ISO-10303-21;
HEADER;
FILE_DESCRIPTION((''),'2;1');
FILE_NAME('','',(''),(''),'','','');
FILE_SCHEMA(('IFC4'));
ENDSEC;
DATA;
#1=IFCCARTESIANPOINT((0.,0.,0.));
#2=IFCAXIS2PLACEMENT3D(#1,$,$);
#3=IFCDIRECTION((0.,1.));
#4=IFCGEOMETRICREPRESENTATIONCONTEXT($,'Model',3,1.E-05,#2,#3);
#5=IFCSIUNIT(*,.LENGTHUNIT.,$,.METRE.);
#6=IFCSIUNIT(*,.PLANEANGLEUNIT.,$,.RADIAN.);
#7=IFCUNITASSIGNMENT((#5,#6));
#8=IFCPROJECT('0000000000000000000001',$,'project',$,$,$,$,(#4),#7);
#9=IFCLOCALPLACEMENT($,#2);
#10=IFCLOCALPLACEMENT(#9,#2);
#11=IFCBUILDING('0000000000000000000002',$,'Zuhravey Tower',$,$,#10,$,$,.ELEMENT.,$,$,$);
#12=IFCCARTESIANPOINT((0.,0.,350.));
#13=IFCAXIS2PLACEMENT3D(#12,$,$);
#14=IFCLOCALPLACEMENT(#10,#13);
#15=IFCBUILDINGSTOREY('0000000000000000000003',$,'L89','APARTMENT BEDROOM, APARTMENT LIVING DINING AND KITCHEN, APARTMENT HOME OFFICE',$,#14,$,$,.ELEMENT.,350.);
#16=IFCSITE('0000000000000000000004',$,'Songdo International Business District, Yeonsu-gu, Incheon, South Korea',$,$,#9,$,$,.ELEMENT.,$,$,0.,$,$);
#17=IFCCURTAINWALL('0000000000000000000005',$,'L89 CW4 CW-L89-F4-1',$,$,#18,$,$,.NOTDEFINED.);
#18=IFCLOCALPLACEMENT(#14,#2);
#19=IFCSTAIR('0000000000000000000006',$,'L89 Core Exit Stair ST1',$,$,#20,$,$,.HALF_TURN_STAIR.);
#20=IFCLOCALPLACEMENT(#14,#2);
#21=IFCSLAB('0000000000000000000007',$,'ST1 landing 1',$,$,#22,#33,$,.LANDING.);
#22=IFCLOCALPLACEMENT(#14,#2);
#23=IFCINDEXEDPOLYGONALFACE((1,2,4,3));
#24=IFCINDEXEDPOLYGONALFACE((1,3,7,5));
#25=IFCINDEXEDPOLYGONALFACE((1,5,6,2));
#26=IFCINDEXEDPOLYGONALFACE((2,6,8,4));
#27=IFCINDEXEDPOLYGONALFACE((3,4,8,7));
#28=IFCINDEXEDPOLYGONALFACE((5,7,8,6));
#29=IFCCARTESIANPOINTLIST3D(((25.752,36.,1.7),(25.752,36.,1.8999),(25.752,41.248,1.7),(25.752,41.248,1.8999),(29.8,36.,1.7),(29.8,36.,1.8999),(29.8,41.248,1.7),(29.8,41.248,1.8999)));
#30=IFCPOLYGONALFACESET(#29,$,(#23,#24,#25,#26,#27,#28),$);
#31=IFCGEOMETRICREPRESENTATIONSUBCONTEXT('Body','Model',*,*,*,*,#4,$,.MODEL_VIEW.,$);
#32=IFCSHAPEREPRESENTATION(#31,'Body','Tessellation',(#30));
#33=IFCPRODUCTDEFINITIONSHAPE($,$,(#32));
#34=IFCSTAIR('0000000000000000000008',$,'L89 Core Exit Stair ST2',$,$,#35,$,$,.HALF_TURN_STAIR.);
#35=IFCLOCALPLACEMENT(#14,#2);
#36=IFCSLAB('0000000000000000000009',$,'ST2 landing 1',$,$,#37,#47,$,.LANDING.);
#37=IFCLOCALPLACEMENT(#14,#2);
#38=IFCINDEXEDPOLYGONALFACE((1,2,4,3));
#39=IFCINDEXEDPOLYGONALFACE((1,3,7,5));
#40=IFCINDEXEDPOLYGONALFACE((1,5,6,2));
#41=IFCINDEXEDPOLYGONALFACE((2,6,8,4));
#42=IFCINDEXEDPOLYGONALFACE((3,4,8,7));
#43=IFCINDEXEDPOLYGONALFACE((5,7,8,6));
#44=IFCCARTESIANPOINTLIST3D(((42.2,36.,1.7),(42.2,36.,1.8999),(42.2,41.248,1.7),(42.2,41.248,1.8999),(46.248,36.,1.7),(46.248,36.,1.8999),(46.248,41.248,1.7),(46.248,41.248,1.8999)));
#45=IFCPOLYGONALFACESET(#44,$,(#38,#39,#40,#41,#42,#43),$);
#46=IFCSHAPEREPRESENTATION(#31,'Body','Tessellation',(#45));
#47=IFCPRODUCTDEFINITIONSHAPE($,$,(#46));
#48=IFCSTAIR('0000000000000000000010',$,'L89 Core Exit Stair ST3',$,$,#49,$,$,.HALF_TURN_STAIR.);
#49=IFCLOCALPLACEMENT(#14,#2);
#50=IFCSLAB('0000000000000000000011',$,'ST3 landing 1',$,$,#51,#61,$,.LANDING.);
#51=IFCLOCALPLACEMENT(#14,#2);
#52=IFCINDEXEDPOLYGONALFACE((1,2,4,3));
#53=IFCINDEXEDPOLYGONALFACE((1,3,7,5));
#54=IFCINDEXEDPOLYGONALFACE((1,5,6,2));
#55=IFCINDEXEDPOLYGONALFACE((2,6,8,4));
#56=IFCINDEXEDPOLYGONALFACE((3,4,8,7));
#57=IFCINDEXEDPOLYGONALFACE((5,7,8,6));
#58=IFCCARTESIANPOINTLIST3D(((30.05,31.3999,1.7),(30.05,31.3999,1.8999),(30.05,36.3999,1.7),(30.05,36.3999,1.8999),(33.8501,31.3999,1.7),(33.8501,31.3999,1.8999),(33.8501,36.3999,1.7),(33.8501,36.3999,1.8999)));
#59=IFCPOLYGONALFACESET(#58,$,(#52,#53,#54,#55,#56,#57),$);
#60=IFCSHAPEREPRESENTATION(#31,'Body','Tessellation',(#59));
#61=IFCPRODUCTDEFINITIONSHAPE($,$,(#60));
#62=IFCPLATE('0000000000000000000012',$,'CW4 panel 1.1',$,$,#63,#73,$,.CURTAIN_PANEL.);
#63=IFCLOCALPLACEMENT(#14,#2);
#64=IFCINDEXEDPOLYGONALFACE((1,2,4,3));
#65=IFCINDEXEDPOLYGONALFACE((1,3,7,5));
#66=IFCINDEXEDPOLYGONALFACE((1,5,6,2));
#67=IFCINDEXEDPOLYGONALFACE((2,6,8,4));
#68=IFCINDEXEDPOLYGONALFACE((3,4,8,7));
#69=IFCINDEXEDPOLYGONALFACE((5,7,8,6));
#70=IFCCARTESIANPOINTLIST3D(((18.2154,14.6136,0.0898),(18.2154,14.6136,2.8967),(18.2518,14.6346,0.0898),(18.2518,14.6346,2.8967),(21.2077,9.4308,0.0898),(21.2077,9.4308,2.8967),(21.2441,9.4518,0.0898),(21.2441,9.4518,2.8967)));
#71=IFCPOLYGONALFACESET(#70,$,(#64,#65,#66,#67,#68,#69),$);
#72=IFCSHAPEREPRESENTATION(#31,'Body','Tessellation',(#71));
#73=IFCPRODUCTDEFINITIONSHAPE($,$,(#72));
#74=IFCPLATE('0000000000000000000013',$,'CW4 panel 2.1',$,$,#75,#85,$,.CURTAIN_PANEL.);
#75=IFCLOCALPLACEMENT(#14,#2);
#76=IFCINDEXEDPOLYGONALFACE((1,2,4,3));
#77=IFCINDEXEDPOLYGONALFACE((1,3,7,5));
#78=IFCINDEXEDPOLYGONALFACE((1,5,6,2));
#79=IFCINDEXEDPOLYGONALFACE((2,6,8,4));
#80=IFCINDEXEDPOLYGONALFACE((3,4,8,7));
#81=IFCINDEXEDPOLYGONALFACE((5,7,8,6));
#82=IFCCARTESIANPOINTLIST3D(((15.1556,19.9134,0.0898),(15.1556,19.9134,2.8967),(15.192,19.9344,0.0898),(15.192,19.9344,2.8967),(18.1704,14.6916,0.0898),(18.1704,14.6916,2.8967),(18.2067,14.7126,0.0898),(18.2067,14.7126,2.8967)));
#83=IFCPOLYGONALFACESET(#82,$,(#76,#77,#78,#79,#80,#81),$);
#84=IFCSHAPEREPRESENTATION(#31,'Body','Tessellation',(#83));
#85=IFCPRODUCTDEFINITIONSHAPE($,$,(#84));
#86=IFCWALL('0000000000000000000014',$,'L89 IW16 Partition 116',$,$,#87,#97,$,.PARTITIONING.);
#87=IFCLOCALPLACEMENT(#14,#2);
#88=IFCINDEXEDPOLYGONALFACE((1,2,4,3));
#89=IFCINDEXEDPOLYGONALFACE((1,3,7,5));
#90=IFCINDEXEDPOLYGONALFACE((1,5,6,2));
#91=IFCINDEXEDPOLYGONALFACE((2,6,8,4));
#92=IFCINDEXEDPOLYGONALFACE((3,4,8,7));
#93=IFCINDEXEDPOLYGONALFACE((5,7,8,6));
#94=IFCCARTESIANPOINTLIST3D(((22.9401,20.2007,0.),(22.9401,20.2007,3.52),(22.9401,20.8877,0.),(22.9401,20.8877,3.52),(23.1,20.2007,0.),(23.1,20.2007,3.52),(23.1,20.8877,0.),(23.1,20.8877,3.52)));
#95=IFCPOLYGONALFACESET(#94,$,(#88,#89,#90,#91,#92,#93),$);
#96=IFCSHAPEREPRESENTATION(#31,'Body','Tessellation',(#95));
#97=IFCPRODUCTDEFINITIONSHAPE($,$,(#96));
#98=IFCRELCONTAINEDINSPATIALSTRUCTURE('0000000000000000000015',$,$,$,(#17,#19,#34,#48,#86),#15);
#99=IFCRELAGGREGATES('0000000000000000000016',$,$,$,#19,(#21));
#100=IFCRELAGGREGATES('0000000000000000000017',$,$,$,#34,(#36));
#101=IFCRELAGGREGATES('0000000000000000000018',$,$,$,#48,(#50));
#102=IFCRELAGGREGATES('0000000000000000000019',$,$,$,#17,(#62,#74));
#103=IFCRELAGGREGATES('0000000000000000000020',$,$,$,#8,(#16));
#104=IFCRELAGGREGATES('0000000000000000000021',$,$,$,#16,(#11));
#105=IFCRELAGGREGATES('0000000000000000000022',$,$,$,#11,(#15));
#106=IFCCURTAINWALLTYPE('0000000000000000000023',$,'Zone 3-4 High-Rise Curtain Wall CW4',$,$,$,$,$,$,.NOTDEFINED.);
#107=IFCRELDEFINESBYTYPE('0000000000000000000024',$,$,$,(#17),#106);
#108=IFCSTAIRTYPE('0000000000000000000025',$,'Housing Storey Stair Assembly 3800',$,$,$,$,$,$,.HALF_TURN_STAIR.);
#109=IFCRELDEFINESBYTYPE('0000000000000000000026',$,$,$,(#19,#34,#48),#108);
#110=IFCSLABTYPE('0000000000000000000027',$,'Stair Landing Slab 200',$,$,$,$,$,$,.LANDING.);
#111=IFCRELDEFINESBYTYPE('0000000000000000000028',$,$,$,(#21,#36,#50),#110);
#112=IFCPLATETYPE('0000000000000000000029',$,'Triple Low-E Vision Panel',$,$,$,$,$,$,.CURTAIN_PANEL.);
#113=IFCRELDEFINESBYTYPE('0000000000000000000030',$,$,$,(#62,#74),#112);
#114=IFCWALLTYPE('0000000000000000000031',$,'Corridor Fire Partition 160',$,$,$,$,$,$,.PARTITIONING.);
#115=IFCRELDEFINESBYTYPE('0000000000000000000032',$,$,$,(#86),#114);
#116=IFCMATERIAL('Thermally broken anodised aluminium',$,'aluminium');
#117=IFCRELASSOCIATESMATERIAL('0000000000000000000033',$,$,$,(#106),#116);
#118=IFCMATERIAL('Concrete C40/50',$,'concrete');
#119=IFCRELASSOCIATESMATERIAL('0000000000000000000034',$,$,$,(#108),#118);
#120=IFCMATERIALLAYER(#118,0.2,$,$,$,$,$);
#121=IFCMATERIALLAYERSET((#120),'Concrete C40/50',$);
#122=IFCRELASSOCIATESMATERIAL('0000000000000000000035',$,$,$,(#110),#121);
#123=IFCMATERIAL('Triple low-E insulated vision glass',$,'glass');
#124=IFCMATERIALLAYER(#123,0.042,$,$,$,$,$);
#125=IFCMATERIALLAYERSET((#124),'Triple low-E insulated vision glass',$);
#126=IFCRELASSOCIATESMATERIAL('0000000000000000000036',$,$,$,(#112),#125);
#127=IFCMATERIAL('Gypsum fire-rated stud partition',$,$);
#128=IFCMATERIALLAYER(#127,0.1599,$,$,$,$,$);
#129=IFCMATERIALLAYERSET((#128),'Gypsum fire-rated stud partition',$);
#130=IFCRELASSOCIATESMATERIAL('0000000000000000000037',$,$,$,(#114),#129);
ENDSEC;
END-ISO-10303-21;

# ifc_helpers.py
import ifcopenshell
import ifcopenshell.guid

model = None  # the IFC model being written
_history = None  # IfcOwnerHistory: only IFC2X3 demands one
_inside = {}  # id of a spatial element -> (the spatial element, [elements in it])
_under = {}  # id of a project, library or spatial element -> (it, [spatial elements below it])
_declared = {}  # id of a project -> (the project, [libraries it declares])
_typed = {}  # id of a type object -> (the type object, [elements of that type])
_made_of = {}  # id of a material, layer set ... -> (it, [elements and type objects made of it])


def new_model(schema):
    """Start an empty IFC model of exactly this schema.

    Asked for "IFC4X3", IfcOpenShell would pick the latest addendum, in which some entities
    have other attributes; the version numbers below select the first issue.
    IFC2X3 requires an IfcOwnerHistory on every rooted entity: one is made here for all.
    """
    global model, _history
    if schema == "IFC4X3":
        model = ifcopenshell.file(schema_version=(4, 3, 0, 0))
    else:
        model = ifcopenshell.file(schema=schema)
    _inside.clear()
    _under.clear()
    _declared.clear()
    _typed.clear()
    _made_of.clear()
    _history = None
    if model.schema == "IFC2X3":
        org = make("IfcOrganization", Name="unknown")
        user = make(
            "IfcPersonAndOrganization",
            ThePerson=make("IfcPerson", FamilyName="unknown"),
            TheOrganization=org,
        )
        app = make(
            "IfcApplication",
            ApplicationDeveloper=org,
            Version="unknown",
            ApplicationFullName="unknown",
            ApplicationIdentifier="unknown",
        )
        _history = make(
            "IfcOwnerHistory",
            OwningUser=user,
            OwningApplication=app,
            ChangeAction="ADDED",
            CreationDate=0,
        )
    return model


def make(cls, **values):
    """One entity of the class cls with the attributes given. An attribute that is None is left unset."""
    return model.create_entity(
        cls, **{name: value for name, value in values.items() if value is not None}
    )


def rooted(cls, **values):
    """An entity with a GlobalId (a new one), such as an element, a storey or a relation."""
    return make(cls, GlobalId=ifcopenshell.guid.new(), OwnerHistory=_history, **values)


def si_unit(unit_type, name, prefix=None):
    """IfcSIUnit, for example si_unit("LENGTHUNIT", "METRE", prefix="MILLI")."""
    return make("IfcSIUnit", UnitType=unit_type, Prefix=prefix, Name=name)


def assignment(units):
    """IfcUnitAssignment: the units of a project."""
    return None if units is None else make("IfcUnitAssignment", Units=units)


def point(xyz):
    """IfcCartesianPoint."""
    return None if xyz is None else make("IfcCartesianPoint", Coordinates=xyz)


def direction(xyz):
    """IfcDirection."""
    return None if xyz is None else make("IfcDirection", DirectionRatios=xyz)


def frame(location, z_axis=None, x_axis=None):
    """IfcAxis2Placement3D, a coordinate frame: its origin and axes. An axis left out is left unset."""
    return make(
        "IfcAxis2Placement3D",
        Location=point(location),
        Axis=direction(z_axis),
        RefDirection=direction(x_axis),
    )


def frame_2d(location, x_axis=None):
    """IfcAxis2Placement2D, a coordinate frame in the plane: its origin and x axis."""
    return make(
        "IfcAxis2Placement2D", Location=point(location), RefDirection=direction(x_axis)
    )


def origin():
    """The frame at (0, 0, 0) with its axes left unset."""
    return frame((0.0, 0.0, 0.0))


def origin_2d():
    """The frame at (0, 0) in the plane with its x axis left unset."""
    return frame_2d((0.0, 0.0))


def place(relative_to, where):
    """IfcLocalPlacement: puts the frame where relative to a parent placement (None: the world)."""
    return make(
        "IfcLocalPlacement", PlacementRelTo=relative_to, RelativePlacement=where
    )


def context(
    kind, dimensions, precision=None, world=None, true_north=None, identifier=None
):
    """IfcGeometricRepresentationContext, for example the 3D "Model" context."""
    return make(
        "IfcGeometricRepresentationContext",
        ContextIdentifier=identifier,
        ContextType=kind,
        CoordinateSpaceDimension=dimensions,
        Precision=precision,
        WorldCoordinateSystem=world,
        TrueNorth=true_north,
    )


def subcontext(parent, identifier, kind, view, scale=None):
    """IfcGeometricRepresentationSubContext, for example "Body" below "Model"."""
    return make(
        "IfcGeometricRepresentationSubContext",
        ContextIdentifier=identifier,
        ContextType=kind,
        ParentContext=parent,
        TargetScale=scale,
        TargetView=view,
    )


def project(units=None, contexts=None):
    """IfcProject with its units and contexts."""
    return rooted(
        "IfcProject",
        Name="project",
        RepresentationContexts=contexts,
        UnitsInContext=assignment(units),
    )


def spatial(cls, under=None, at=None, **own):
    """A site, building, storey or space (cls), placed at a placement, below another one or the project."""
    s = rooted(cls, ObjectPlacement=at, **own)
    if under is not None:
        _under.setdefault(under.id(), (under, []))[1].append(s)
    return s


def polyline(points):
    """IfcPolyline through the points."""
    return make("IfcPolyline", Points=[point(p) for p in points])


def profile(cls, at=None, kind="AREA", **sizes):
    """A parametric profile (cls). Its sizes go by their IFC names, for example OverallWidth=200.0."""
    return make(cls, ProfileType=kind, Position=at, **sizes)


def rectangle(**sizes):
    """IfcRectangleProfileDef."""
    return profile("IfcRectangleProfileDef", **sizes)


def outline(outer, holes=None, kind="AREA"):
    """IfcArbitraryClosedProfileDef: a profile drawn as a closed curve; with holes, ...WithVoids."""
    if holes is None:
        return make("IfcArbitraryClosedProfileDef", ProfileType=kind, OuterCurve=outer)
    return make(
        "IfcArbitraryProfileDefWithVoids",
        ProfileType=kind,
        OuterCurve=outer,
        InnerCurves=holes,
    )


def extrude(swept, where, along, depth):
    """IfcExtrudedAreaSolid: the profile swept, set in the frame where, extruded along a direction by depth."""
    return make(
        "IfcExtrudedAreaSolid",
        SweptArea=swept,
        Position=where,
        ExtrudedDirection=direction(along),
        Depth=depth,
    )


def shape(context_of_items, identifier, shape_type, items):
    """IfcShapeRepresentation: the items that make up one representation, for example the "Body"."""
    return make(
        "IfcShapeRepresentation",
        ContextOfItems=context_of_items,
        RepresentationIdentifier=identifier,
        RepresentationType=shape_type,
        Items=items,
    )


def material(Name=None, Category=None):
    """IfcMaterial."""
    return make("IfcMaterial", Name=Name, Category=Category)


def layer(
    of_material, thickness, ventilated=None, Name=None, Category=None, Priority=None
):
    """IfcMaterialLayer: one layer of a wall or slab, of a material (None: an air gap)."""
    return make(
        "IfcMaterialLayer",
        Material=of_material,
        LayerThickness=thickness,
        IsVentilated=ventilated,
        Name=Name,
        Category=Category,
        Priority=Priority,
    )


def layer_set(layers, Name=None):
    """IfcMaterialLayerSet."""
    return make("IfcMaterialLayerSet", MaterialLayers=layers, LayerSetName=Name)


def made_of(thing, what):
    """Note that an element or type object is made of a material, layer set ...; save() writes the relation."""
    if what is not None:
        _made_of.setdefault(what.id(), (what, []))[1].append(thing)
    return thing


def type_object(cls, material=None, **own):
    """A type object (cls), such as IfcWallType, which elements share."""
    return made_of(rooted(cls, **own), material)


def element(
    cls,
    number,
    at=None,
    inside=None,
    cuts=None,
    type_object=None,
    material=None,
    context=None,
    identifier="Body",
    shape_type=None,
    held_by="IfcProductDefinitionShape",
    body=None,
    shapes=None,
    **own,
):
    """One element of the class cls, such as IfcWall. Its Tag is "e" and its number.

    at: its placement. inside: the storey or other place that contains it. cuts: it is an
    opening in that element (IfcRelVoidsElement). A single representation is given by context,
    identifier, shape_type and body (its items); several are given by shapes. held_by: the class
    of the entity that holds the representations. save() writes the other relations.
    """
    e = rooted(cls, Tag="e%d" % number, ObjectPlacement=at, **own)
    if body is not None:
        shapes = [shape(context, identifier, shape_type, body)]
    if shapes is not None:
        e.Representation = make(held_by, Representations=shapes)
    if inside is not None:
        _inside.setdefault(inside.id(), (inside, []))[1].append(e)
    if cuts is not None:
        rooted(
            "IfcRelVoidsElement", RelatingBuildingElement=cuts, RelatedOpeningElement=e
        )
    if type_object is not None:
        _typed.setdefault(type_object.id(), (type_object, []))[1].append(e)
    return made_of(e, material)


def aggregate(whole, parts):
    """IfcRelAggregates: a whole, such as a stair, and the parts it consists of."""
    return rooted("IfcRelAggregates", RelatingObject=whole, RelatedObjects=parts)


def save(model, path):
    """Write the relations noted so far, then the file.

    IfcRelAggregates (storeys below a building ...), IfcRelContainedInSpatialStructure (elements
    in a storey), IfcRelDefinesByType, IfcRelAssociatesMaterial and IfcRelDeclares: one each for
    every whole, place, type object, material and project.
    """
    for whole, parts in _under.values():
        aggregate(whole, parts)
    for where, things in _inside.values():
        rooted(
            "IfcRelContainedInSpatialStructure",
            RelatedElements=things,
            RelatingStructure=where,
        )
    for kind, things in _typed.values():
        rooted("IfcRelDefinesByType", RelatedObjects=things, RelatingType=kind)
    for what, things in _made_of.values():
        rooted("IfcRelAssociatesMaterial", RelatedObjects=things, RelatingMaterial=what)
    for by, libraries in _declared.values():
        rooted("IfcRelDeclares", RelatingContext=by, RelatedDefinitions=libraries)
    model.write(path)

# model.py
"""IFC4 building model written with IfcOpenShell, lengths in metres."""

from ifc_helpers import new_model, si_unit, direction, frame, frame_2d, origin, origin_2d, place, context, subcontext, project, spatial, polyline, rectangle, outline, extrude, material, layer, layer_set, type_object, element, aggregate, save


model = new_model("IFC4")

# Units and contexts
model_context = context("Model", 3, precision=1e-05, world=origin(), true_north=direction((0.0, 1.0)))
body_context = subcontext(model_context, "Body", "Model", "MODEL_VIEW")
ifc_project = project(units=[si_unit("LENGTHUNIT", "METRE"), si_unit("PLANEANGLEUNIT", "RADIAN")], contexts=[model_context])

# Site, building, storey
site_placement = place(None, origin())
site = spatial("IfcSite", under=ifc_project, at=site_placement, Name="Songdo International Business District, Yeonsu-gu, Incheon, South Korea", CompositionType="ELEMENT", RefElevation=0.0)
building_placement = place(site_placement, origin())
building = spatial("IfcBuilding", under=site, at=building_placement, Name="Zuhravey Tower", CompositionType="ELEMENT")
storey_placement = place(building_placement, frame((0.0, 0.0, 350.0)))
storey = spatial("IfcBuildingStorey", under=building, at=storey_placement, Name="L89", Description="APARTMENT BEDROOM, APARTMENT LIVING DINING AND KITCHEN, APARTMENT HOME OFFICE", CompositionType="ELEMENT", Elevation=350.0)

# Curtain wall
ifc_material_1 = material(Name="Thermally broken anodised aluminium", Category="aluminium")
curtain_wall_type = type_object("IfcCurtainWallType", Name="Zone 3-4 High-Rise Curtain Wall CW4", PredefinedType="NOTDEFINED", material=ifc_material_1)
curtain_wall_placement = place(storey_placement, origin())
curtain_wall = element("IfcCurtainWall", 1, at=curtain_wall_placement, inside=storey, type_object=curtain_wall_type, Name="L89 CW4 CW-L89-F4-1", PredefinedType="NOTDEFINED")

# Shared definitions
ifc_material_2 = material(Name="Concrete C40/50", Category="concrete")

# Stairs, slabs
stair_type = type_object("IfcStairType", Name="Housing Storey Stair Assembly 3800", PredefinedType="HALF_TURN_STAIR", material=ifc_material_2)
stair_1_placement = place(storey_placement, origin())
stair_1 = element("IfcStair", 2, at=stair_1_placement, inside=storey, type_object=stair_type, Name="L89 Core Exit Stair ST1", PredefinedType="HALF_TURN_STAIR")
ifc_layer_1 = layer(ifc_material_2, 0.2)
ifc_layer_set_1 = layer_set([ifc_layer_1], Name="Concrete C40/50")
slab_type_1 = type_object("IfcSlabType", Name="Stair Landing Slab 200", PredefinedType="LANDING", material=ifc_layer_set_1)
slab_1_placement = place(storey_placement, frame((0.0, 0.0, 1.7)))
slab_1 = element("IfcSlab", 3, at=slab_1_placement, type_object=slab_type_1, Name="ST1 landing 1", PredefinedType="LANDING", context=body_context, shape_type="SweptSolid", body=[
    extrude(outline(polyline([(29.8, 36.0), (29.8, 41.248), (25.752, 41.248), (25.752, 36.0), (29.8, 36.0)])), origin(), (0.0, 0.0, 1.0), 0.2),
])
aggregate(stair_1, [slab_1])
stair_2_placement = place(storey_placement, origin())
stair_2 = element("IfcStair", 4, at=stair_2_placement, inside=storey, type_object=stair_type, Name="L89 Core Exit Stair ST2", PredefinedType="HALF_TURN_STAIR")
slab_2_placement = place(storey_placement, frame((0.0, 0.0, 1.7)))
slab_2 = element("IfcSlab", 5, at=slab_2_placement, type_object=slab_type_1, Name="ST2 landing 1", PredefinedType="LANDING", context=body_context, shape_type="SweptSolid", body=[
    extrude(outline(polyline([(46.248, 36.0), (46.248, 41.248), (42.2, 41.248), (42.2, 36.0), (46.248, 36.0)])), origin(), (0.0, 0.0, 1.0), 0.2),
])
aggregate(stair_2, [slab_2])
stair_3_placement = place(storey_placement, origin())
stair_3 = element("IfcStair", 6, at=stair_3_placement, inside=storey, type_object=stair_type, Name="L89 Core Exit Stair ST3", PredefinedType="HALF_TURN_STAIR")
slab_3_placement = place(storey_placement, frame((0.0, 0.0, 1.7)))
slab_3 = element("IfcSlab", 7, at=slab_3_placement, type_object=slab_type_1, Name="ST3 landing 1", PredefinedType="LANDING", context=body_context, shape_type="SweptSolid", body=[
    extrude(outline(polyline([(30.05, 36.3999), (30.05, 31.3999), (33.8501, 31.3999), (33.8501, 36.3999), (30.05, 36.3999)])), origin(), (0.0, 0.0, 1.0), 0.2),
])
aggregate(stair_3, [slab_3])

# Plates
ifc_material_3 = material(Name="Triple low-E insulated vision glass", Category="glass")
ifc_layer_2 = layer(ifc_material_3, 0.042)
ifc_layer_set_2 = layer_set([ifc_layer_2], Name="Triple low-E insulated vision glass")
plate_type = type_object("IfcPlateType", Name="Triple Low-E Vision Panel", PredefinedType="CURTAIN_PANEL", material=ifc_layer_set_2)
plate_1_placement = place(storey_placement, frame((19.7297, 12.0327, 0.0898), z_axis=(0.0, 0.0, 1.0), x_axis=(-0.5, 0.866026, 0.0)))
plate_1 = element("IfcPlate", 8, at=plate_1_placement, type_object=plate_type, Name="CW4 panel 1.1", PredefinedType="CURTAIN_PANEL", context=body_context, shape_type="SweptSolid", body=[
    extrude(rectangle(XDim=5.9846, YDim=0.042, at=origin_2d()), origin(), (0.0, 0.0, 1.0), 2.8069),
])
plate_2_placement = place(storey_placement, frame((16.6812, 17.313, 0.0898), z_axis=(0.0, 0.0, 1.0), x_axis=(-0.5, 0.866026, 0.0)))
plate_2 = element("IfcPlate", 9, at=plate_2_placement, type_object=plate_type, Name="CW4 panel 2.1", PredefinedType="CURTAIN_PANEL", context=body_context, shape_type="SweptSolid", body=[
    extrude(rectangle(XDim=6.0295, YDim=0.042, at=origin_2d()), origin(), (0.0, 0.0, 1.0), 2.8069),
])
aggregate(curtain_wall, [plate_1, plate_2])

# Wall
ifc_material_4 = material(Name="Gypsum fire-rated stud partition")
ifc_layer_3 = layer(ifc_material_4, 0.1599)
ifc_layer_set_3 = layer_set([ifc_layer_3], Name="Gypsum fire-rated stud partition")
wall_type = type_object("IfcWallType", Name="Corridor Fire Partition 160", PredefinedType="PARTITIONING", material=ifc_layer_set_3)
wall_placement = place(storey_placement, frame((23.02, 20.8877, 0.0), z_axis=(0.0, 0.0, 1.0), x_axis=(0.0, -1.0, 0.0)))
element("IfcWall", 10, at=wall_placement, inside=storey, type_object=wall_type, Name="L89 IW16 Partition 116", PredefinedType="PARTITIONING", context=body_context, shape_type="SweptSolid", body=[
    extrude(rectangle(XDim=0.687, YDim=0.1599, at=frame_2d((0.3435, 0.0))), origin(), (0.0, 0.0, 1.0), 3.52),
])

save(model, "model.ifc")
